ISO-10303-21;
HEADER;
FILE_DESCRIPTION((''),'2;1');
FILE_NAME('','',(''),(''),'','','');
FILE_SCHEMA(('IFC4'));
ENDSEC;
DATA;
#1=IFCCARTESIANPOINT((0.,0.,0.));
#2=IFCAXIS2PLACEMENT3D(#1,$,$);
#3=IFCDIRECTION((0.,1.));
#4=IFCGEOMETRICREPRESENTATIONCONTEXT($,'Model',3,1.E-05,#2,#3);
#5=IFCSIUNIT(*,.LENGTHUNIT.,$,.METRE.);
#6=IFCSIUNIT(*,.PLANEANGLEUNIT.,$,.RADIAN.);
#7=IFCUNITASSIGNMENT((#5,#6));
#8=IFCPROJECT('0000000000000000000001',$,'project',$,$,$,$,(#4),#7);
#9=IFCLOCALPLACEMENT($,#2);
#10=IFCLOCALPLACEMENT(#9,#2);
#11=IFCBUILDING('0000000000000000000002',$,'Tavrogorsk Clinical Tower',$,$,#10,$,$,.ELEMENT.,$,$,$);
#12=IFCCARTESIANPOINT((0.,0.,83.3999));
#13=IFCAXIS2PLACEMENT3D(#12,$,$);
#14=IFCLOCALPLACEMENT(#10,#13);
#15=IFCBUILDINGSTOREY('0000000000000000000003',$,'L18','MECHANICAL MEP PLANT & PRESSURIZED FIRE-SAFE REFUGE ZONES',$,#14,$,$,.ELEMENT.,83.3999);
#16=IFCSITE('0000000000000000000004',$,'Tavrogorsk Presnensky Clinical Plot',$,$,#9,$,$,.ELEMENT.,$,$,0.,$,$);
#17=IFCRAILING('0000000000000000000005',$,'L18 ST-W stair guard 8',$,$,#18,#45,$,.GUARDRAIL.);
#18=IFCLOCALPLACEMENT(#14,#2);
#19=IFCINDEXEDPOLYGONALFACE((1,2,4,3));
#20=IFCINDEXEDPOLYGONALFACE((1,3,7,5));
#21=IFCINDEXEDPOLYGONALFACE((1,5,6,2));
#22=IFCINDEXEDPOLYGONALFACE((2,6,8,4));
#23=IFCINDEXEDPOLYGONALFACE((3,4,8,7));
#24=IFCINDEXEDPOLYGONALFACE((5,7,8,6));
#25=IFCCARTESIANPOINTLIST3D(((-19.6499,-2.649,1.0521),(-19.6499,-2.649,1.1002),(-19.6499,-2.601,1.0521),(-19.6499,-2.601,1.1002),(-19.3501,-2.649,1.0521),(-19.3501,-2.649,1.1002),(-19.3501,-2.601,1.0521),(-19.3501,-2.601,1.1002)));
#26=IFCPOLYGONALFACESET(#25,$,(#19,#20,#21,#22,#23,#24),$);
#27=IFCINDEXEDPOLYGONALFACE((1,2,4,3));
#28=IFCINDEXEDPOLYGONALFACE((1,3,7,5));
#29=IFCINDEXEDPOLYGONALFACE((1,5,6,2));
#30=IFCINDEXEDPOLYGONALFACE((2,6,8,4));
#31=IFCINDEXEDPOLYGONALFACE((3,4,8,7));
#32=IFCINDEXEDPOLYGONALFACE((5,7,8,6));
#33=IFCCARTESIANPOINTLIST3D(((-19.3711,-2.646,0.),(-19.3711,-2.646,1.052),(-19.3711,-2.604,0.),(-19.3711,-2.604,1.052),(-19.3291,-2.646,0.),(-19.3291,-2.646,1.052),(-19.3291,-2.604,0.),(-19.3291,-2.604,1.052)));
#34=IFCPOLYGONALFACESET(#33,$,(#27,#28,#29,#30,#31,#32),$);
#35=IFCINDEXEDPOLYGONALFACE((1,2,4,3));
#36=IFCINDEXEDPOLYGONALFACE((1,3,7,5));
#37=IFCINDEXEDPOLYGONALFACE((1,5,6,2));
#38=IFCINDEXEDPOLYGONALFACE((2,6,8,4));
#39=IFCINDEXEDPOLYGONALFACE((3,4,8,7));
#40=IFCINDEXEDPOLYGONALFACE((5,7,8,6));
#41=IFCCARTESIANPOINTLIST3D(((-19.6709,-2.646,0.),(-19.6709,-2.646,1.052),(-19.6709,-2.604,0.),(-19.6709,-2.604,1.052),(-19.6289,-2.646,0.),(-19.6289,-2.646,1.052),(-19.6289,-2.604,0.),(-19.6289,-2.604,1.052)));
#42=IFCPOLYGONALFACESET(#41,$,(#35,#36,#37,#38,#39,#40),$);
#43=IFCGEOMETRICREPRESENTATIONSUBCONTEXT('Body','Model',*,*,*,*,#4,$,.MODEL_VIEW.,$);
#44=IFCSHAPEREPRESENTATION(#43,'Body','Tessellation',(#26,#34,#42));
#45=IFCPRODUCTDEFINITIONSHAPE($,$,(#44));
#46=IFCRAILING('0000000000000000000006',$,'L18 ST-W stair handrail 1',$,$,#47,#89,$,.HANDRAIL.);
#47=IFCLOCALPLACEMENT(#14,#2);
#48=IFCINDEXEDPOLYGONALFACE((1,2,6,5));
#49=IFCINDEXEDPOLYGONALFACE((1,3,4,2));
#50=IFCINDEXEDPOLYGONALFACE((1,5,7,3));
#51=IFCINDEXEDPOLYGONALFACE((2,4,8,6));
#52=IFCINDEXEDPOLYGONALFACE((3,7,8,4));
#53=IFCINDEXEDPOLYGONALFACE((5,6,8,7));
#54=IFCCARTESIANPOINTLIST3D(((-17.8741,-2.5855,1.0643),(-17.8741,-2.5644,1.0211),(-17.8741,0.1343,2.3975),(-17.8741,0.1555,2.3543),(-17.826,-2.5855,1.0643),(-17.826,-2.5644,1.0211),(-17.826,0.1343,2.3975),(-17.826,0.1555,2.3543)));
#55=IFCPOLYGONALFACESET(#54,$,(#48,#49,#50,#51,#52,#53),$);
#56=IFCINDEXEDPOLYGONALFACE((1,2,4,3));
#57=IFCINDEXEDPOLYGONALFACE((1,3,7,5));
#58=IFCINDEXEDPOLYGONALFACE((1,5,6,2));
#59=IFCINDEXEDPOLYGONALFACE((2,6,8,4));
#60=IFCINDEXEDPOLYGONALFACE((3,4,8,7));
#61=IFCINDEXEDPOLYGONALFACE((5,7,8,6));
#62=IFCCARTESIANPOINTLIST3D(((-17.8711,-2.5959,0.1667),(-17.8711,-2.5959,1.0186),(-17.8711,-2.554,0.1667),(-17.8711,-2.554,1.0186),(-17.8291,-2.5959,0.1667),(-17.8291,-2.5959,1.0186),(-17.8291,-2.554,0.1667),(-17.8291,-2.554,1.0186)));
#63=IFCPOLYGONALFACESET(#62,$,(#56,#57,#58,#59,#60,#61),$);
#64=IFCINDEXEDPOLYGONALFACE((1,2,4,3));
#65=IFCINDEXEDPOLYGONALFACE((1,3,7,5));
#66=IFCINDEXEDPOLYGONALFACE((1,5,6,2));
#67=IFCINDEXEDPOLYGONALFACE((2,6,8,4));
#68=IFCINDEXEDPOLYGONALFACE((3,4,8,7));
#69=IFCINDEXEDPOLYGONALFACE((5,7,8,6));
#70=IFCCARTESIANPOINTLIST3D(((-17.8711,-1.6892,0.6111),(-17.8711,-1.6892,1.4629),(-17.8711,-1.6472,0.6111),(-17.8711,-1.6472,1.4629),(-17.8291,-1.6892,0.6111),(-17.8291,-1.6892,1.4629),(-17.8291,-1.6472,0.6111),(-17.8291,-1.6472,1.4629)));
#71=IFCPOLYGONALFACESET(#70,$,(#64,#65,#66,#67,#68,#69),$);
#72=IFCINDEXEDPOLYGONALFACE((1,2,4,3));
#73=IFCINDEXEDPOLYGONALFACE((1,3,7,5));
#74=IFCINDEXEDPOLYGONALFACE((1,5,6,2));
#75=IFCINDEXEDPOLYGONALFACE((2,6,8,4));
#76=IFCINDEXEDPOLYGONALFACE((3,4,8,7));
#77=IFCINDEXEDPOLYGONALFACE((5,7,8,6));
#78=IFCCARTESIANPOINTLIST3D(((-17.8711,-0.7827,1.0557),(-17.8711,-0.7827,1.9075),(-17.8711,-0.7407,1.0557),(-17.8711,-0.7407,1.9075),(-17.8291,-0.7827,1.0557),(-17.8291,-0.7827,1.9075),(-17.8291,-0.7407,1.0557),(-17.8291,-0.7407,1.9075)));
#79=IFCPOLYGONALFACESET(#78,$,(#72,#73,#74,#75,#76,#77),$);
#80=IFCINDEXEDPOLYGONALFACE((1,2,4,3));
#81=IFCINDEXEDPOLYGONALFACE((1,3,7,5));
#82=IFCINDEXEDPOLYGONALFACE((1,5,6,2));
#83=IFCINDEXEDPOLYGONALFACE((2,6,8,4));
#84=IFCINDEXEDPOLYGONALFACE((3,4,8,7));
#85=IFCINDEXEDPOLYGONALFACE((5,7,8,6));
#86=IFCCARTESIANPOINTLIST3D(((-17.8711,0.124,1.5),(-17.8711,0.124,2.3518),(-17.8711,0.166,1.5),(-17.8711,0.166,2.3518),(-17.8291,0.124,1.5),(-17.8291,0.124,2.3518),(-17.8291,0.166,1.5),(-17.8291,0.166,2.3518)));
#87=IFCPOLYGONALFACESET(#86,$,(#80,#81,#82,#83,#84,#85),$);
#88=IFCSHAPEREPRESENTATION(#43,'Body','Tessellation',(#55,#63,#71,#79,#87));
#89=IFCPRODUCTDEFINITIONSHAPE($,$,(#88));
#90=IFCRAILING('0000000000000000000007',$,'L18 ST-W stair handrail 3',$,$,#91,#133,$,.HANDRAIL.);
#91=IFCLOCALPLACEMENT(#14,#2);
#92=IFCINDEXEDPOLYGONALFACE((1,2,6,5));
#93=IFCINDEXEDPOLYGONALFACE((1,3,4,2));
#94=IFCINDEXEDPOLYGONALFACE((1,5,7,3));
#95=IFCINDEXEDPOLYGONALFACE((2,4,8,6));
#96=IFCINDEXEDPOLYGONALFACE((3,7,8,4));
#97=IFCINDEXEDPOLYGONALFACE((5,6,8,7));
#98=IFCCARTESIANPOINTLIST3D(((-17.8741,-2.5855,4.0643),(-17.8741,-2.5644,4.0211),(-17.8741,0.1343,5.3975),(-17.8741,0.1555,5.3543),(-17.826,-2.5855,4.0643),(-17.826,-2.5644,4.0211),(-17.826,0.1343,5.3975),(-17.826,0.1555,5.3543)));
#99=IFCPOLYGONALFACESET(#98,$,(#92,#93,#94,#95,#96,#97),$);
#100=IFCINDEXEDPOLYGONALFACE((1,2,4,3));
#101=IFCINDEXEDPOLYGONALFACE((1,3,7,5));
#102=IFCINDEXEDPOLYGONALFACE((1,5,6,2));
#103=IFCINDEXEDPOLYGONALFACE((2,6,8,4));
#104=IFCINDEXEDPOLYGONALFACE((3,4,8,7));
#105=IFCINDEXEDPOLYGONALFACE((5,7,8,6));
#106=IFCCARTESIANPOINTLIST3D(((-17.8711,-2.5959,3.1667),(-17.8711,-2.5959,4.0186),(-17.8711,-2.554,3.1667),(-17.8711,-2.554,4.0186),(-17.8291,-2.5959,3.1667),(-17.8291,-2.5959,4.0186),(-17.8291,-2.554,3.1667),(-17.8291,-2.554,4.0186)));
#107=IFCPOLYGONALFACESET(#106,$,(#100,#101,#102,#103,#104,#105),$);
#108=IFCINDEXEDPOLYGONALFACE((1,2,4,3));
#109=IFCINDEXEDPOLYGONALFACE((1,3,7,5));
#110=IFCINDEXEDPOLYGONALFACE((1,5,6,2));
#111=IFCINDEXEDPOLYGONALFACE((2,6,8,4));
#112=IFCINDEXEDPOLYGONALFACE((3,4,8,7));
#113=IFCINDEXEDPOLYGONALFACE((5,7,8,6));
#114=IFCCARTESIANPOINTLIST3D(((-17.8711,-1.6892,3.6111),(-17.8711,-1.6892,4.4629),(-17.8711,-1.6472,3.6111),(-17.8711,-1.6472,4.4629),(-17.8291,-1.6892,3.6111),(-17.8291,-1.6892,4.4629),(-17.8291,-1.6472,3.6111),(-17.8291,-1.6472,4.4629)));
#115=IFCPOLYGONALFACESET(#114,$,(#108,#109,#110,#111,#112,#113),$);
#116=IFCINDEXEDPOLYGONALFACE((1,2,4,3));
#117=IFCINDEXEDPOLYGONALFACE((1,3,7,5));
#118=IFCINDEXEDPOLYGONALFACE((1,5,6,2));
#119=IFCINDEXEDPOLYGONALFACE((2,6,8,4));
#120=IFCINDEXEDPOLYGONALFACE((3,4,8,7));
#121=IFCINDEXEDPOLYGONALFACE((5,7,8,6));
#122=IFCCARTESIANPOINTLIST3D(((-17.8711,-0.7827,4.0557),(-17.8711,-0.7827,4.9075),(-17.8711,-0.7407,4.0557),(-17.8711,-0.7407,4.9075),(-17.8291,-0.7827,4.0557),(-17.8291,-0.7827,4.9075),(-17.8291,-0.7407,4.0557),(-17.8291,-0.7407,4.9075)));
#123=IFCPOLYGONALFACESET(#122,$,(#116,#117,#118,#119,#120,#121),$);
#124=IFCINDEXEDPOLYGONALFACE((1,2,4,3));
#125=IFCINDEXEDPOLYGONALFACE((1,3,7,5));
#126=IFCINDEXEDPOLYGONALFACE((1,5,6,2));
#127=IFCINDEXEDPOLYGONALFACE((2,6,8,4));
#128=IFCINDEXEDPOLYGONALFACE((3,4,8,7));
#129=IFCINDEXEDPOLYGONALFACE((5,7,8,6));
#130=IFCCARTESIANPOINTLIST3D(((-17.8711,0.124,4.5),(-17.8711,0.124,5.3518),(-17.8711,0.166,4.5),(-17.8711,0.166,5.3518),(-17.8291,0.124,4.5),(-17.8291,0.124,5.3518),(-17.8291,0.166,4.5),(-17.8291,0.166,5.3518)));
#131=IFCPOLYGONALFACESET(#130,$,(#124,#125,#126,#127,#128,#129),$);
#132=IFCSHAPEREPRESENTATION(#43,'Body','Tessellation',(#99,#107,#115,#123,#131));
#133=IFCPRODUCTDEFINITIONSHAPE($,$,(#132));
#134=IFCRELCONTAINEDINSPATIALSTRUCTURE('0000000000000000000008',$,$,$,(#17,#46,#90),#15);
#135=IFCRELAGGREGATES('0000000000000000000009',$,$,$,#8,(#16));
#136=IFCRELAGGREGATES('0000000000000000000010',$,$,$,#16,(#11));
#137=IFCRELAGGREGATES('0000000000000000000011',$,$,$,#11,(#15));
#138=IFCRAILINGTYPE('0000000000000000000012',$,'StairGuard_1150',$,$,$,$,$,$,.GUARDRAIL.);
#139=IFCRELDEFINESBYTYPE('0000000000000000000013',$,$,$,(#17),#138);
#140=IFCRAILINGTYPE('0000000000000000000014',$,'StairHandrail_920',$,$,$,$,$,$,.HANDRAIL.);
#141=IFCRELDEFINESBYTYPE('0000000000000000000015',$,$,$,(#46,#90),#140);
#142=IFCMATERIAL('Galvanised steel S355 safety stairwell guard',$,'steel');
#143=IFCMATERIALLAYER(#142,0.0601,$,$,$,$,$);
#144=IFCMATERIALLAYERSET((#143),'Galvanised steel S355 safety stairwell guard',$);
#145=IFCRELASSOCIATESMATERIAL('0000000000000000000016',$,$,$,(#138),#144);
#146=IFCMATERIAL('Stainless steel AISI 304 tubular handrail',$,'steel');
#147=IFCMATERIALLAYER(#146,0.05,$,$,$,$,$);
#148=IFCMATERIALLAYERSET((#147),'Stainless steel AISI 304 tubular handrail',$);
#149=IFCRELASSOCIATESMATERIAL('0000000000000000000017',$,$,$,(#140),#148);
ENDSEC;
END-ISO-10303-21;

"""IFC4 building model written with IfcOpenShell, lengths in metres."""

from ifc_helpers import new_model, si_unit, direction, frame, origin, origin_2d, place, context, subcontext, project, spatial, rectangle, extrude, material, layer, layer_set, type_object, element, save


model = new_model("IFC4")

# Units and contexts
model_context = context("Model", 3, precision=1e-05, world=origin(), true_north=direction((0.0, 1.0)))
body_context = subcontext(model_context, "Body", "Model", "MODEL_VIEW")
ifc_project = project(units=[si_unit("LENGTHUNIT", "METRE"), si_unit("PLANEANGLEUNIT", "RADIAN")], contexts=[model_context])

# Site, building, storey
site_placement = place(None, origin())
site = spatial("IfcSite", under=ifc_project, at=site_placement, Name="Tavrogorsk Presnensky Clinical Plot", CompositionType="ELEMENT", RefElevation=0.0)
building_placement = place(site_placement, origin())
building = spatial("IfcBuilding", under=site, at=building_placement, Name="Tavrogorsk Clinical Tower", CompositionType="ELEMENT")
storey_placement = place(building_placement, frame((0.0, 0.0, 83.3999)))
storey = spatial("IfcBuildingStorey", under=building, at=storey_placement, Name="L18", Description="MECHANICAL MEP PLANT & PRESSURIZED FIRE-SAFE REFUGE ZONES", CompositionType="ELEMENT", Elevation=83.3999)

# Railings
ifc_material_1 = material(Name="Galvanised steel S355 safety stairwell guard", Category="steel")
ifc_layer_1 = layer(ifc_material_1, 0.0601)
ifc_layer_set_1 = layer_set([ifc_layer_1], Name="Galvanised steel S355 safety stairwell guard")
railing_type_1 = type_object("IfcRailingType", Name="StairGuard_1150", PredefinedType="GUARDRAIL", material=ifc_layer_set_1)
railing_1_placement = place(storey_placement, frame((-19.3501, -2.625, 0.0)))
element("IfcRailing", 1, at=railing_1_placement, inside=storey, type_object=railing_type_1, Name="L18 ST-W stair guard 8", PredefinedType="GUARDRAIL", context=body_context, shape_type="SweptSolid", body=[
    extrude(rectangle(XDim=0.0481, YDim=0.0481, at=origin_2d()), frame((0.0, 0.0, 1.0762), z_axis=(-1.0, 0.0, 0.0), x_axis=(0.0, -1.0, 0.0)), (0.0, 0.0, 1.0), 0.2998),
    extrude(rectangle(XDim=0.042, YDim=0.042, at=origin_2d()), origin(), (0.0, 0.0, 1.0), 1.052),
    extrude(rectangle(XDim=0.042, YDim=0.042, at=origin_2d()), frame((-0.2998, 0.0, 0.0)), (0.0, 0.0, 1.0), 1.052),
])
ifc_material_2 = material(Name="Stainless steel AISI 304 tubular handrail", Category="steel")
ifc_layer_2 = layer(ifc_material_2, 0.05)
ifc_layer_set_2 = layer_set([ifc_layer_2], Name="Stainless steel AISI 304 tubular handrail")
railing_type_2 = type_object("IfcRailingType", Name="StairHandrail_920", PredefinedType="HANDRAIL", material=ifc_layer_set_2)
for number, where, name in (
    (2, (-17.8501, -2.575, 0.1667), "L18 ST-W stair handrail 1"),
    (3, (-17.8501, -2.575, 3.1667), "L18 ST-W stair handrail 3"),
):
    element("IfcRailing", number, at=place(storey_placement, frame(where)), inside=storey, type_object=railing_type_2, Name=name, PredefinedType="HANDRAIL", context=body_context, shape_type="SweptSolid", body=[
        extrude(rectangle(XDim=0.0481, YDim=0.0481, at=origin_2d()), frame((0.0, 0.0, 0.876), z_axis=(0.0, 0.897929, 0.440139), x_axis=(-1.0, 0.0, 0.0)), (0.0, 0.0, 1.0), 3.0291),
        extrude(rectangle(XDim=0.042, YDim=0.042, at=origin_2d()), origin(), (0.0, 0.0, 1.0), 0.8518),
        extrude(rectangle(XDim=0.042, YDim=0.042, at=origin_2d()), frame((0.0, 0.9067, 0.4443)), (0.0, 0.0, 1.0), 0.8518),
        extrude(rectangle(XDim=0.042, YDim=0.042, at=origin_2d()), frame((0.0, 1.8132, 0.8889)), (0.0, 0.0, 1.0), 0.8518),
        extrude(rectangle(XDim=0.042, YDim=0.042, at=origin_2d()), frame((0.0, 2.72, 1.3333)), (0.0, 0.0, 1.0), 0.8518),
    ])

save(model, "model.ifc")
